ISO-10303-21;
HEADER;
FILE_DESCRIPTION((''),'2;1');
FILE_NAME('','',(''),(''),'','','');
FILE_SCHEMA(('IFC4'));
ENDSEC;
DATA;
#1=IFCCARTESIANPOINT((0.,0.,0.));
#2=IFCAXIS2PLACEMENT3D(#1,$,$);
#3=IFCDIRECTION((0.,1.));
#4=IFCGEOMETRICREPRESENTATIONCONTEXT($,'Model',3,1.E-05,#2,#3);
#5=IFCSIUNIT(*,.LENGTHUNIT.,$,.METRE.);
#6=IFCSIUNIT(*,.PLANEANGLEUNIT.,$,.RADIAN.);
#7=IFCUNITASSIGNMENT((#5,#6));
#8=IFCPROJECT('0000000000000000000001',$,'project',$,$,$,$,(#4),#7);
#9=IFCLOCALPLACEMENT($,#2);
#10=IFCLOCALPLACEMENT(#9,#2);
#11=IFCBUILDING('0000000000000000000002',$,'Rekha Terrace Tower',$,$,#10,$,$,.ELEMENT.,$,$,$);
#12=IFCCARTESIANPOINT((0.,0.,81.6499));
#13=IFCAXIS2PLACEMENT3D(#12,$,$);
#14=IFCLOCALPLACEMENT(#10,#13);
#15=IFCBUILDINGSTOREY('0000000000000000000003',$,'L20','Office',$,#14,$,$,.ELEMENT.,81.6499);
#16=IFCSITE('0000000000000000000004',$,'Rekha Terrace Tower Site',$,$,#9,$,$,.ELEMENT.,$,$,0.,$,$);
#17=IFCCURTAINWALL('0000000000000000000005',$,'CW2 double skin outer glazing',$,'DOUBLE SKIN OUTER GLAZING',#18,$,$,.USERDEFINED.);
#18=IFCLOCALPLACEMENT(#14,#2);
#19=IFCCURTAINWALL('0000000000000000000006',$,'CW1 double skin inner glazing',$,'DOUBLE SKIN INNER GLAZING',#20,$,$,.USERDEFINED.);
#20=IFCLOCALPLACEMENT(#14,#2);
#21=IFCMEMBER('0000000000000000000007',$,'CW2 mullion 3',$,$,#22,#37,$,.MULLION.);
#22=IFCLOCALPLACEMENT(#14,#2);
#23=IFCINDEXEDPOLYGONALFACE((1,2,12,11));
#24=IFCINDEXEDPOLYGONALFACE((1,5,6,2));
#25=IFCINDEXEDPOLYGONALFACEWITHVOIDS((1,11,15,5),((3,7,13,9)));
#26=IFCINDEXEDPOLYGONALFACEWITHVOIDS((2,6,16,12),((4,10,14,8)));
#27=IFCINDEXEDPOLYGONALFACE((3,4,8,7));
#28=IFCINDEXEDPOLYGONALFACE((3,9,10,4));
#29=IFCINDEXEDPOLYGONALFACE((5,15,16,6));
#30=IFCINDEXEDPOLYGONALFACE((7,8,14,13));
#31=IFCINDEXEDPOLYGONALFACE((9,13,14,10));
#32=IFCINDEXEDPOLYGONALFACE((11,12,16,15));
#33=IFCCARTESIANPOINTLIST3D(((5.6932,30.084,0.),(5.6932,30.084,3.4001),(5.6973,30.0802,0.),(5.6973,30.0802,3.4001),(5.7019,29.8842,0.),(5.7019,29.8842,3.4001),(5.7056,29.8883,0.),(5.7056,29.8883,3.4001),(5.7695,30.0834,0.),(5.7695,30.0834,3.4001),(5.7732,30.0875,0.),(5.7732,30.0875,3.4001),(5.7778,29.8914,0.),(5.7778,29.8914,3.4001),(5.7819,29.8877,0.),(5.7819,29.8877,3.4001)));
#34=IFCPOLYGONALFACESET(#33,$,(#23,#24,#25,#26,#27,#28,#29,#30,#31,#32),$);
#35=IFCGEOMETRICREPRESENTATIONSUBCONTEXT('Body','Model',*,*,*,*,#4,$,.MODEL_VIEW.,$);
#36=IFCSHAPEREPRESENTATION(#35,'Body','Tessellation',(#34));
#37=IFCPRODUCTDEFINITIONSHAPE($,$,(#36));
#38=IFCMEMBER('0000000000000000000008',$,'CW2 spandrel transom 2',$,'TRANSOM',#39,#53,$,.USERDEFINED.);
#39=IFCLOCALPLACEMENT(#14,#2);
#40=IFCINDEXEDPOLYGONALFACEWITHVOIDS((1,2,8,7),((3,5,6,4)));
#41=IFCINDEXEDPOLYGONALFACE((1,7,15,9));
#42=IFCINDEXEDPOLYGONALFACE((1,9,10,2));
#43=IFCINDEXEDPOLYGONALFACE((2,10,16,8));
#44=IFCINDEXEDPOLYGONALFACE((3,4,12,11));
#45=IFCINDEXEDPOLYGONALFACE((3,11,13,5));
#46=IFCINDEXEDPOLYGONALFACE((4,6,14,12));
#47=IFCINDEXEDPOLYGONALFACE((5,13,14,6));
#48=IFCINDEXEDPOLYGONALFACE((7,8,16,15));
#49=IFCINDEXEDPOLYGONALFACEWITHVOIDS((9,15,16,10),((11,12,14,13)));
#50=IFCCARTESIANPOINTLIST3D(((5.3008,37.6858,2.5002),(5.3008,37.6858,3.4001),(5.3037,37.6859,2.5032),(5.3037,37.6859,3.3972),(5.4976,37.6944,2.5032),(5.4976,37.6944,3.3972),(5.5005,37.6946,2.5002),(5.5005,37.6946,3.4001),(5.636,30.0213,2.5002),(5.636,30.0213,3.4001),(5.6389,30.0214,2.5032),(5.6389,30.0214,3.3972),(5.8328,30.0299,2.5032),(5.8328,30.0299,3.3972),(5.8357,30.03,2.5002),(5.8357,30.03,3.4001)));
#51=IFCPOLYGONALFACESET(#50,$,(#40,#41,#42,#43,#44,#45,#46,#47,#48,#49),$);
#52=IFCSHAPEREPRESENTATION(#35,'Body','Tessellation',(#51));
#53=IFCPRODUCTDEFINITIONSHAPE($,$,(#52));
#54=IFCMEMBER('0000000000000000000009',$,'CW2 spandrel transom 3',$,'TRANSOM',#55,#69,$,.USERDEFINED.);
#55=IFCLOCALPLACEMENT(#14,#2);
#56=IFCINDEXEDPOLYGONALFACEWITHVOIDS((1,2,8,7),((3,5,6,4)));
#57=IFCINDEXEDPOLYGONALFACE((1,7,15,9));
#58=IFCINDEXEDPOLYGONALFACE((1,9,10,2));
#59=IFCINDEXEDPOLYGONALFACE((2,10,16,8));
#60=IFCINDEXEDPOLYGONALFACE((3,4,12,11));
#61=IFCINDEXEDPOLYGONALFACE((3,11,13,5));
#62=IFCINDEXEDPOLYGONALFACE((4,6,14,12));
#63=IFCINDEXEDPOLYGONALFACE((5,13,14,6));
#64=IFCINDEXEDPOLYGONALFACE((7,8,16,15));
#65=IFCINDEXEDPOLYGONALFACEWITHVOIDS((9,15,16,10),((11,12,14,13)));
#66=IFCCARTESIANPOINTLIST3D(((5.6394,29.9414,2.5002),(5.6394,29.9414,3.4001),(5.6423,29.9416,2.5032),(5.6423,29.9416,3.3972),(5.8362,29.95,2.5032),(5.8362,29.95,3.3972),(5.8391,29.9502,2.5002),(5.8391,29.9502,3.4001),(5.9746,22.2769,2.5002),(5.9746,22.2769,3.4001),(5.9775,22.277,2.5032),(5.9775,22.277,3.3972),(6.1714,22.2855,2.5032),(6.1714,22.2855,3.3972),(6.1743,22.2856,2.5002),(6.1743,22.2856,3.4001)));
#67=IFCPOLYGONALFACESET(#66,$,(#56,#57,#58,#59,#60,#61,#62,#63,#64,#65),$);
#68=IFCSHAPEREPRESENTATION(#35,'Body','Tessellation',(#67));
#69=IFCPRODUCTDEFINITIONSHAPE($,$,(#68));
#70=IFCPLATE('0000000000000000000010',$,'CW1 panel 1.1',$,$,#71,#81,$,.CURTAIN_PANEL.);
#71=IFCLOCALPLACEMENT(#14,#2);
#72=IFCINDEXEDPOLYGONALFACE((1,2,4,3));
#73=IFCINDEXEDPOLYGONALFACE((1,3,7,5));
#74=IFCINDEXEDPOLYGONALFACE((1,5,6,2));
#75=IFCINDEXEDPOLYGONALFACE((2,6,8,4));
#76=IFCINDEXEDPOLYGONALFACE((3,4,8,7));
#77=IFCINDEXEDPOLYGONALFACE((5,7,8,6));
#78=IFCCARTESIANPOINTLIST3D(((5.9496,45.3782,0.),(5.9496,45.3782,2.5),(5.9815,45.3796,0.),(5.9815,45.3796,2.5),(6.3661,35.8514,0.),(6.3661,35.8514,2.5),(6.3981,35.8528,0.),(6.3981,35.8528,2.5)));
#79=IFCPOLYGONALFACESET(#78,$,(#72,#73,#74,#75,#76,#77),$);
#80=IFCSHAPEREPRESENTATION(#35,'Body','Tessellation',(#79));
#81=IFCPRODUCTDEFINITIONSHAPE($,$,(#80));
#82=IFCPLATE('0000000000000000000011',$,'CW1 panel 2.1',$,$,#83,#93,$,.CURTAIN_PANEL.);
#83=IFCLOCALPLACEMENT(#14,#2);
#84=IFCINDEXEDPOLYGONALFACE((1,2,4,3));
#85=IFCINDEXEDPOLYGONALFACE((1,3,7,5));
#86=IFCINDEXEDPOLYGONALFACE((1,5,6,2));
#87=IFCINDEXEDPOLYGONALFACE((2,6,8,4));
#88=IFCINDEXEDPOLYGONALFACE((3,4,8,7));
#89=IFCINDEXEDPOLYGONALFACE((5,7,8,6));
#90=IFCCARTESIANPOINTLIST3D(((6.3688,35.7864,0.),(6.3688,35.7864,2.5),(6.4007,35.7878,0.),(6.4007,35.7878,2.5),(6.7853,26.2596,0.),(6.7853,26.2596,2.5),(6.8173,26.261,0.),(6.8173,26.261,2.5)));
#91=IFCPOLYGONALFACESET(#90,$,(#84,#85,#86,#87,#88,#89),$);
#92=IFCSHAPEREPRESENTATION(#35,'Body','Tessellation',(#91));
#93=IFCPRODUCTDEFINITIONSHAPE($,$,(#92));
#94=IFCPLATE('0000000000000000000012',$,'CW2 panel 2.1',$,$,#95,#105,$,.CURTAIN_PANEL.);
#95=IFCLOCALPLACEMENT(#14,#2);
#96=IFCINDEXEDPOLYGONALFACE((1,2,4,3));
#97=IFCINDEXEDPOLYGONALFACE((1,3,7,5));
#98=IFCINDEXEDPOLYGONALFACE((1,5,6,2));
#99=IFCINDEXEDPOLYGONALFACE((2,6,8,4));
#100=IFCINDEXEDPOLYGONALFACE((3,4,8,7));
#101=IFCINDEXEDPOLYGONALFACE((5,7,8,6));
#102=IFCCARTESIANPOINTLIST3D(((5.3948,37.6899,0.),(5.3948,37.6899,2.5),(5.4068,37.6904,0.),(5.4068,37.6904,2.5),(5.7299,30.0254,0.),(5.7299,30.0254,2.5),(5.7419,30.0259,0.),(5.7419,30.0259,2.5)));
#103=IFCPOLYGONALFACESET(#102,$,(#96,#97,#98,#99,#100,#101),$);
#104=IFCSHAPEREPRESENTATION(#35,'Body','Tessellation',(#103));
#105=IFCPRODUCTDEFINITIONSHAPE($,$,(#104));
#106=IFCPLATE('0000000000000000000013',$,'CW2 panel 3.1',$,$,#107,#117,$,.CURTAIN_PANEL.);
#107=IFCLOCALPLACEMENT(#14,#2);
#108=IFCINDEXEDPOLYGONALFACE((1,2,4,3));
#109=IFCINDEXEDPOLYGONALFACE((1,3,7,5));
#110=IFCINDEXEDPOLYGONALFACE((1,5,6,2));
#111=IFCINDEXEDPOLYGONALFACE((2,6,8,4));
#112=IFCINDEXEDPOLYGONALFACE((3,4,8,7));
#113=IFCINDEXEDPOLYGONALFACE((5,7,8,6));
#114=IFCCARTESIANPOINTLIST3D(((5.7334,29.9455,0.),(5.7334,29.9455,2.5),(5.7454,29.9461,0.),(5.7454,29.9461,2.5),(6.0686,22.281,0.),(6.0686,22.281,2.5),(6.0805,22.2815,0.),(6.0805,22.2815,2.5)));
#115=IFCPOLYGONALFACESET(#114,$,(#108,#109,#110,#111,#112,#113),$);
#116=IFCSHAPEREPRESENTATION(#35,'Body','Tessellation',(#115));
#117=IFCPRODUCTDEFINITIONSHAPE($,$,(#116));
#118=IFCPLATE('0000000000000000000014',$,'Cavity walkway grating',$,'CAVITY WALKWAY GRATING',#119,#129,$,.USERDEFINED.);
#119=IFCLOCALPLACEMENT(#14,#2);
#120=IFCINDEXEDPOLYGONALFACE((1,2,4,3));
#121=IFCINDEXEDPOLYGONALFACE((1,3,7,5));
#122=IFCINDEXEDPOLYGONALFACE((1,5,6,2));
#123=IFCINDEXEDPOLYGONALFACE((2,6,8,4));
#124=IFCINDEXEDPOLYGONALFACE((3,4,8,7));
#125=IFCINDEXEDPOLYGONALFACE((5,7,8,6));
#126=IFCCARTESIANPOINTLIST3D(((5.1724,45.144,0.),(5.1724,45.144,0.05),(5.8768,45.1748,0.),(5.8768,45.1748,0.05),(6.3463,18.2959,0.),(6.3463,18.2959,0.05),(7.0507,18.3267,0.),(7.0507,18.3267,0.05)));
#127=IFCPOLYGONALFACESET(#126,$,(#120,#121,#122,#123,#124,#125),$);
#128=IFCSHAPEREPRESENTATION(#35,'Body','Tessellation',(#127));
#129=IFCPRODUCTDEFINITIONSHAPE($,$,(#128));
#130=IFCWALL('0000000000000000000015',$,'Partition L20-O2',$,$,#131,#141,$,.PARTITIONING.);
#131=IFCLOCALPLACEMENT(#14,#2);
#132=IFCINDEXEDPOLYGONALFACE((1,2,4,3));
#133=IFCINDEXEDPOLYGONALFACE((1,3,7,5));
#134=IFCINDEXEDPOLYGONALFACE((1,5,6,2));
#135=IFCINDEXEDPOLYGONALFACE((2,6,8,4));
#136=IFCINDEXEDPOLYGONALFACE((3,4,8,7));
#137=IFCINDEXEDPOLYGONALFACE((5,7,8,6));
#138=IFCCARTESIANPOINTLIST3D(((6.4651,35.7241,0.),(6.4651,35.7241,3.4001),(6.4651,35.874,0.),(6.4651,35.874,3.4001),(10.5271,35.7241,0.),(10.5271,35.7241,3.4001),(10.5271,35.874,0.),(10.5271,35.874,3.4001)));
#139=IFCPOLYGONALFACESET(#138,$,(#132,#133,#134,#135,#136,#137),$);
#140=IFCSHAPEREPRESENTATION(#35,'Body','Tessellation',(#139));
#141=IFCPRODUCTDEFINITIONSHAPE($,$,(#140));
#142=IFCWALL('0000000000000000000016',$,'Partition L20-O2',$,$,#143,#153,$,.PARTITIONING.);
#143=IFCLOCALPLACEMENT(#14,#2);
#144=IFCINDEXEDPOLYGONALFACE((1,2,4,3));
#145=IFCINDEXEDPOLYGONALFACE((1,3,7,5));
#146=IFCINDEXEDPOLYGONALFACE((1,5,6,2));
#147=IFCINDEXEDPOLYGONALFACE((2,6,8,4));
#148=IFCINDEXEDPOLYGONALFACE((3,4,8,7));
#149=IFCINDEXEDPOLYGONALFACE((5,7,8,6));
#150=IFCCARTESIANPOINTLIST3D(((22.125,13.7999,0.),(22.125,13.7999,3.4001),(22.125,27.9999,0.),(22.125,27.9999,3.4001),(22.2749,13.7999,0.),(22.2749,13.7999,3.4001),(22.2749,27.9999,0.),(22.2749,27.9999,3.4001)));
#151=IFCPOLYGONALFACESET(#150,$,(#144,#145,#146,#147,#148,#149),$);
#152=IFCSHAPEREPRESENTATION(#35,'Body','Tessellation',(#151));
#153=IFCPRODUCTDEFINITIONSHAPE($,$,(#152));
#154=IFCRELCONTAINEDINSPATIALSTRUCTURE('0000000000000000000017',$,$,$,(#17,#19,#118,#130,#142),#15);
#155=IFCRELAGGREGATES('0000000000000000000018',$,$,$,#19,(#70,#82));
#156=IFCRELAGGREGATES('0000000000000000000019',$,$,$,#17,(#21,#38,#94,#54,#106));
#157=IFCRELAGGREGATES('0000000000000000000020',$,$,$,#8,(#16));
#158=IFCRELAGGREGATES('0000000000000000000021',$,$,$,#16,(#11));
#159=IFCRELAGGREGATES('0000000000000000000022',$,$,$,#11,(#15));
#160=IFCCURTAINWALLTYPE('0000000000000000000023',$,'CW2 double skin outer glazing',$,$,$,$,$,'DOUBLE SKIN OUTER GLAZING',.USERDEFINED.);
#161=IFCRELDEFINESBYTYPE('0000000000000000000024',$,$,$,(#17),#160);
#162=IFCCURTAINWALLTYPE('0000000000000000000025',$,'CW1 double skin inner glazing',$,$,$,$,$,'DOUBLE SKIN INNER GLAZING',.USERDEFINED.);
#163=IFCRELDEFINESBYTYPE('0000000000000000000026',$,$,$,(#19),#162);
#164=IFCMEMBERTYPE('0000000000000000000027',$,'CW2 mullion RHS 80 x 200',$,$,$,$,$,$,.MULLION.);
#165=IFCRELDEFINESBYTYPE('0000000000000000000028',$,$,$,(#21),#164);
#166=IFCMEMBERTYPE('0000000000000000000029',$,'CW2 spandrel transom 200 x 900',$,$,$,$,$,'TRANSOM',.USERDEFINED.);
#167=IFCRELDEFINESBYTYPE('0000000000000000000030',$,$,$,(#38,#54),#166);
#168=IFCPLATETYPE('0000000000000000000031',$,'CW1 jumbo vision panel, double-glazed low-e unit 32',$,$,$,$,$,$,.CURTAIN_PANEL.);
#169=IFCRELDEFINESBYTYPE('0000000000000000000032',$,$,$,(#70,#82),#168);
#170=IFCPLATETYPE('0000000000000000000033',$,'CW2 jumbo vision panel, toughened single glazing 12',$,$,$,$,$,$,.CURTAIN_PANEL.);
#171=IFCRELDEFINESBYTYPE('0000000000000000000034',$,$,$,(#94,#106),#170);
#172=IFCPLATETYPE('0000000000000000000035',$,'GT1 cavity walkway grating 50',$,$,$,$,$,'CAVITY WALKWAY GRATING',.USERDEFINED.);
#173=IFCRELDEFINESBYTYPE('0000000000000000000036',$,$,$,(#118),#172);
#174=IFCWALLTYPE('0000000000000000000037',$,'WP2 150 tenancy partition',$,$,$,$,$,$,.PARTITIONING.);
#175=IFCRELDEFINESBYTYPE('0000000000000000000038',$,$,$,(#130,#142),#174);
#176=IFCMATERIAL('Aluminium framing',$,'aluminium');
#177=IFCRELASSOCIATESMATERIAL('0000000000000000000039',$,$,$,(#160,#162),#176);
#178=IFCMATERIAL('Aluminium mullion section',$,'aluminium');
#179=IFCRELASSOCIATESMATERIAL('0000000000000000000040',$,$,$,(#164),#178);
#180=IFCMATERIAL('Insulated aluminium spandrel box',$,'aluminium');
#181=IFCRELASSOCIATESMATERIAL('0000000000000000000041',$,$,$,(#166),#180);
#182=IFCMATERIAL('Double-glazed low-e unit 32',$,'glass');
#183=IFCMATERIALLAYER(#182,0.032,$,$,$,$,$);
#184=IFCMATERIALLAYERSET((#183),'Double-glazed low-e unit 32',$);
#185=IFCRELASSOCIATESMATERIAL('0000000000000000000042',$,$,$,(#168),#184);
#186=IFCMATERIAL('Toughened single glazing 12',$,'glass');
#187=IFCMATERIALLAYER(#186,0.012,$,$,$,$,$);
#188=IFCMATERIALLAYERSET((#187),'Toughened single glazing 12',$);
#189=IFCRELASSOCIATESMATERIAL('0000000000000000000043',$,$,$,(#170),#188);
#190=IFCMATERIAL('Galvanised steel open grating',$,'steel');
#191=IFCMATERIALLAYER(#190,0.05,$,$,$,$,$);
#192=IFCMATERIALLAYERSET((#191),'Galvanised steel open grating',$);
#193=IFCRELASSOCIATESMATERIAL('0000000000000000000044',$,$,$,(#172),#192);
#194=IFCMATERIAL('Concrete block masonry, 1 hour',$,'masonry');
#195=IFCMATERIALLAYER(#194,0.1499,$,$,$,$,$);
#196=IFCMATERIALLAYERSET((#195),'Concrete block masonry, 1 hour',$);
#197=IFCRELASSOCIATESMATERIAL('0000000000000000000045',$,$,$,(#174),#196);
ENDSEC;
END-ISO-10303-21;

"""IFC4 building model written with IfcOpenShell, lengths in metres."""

from ifc_helpers import new_model, si_unit, direction, frame, frame_2d, origin, origin_2d, place, context, subcontext, project, spatial, rectangle, hollow_rectangle, extrude, material, layer, layer_set, material_profile, profile_set, type_object, element, aggregate, save


model = new_model("IFC4")

# Units and contexts
model_context = context("Model", 3, precision=1e-05, world=origin(), true_north=direction((0.0, 1.0)))
body_context = subcontext(model_context, "Body", "Model", "MODEL_VIEW")
ifc_project = project(units=[si_unit("LENGTHUNIT", "METRE"), si_unit("PLANEANGLEUNIT", "RADIAN")], contexts=[model_context])

# Site, building, storey
site_placement = place(None, origin())
site = spatial("IfcSite", under=ifc_project, at=site_placement, Name="Rekha Terrace Tower Site", CompositionType="ELEMENT", RefElevation=0.0)
building_placement = place(site_placement, origin())
building = spatial("IfcBuilding", under=site, at=building_placement, Name="Rekha Terrace Tower", CompositionType="ELEMENT")
storey_placement = place(building_placement, frame((0.0, 0.0, 81.6499)))
storey = spatial("IfcBuildingStorey", under=building, at=storey_placement, Name="L20", Description="Office", CompositionType="ELEMENT", Elevation=81.6499)

# Curtain walls
ifc_material_1 = material(Name="Aluminium framing", Category="aluminium")
curtain_wall_type_1 = type_object("IfcCurtainWallType", Name="CW2 double skin outer glazing", ElementType="DOUBLE SKIN OUTER GLAZING", PredefinedType="USERDEFINED", material=ifc_material_1)
curtain_wall_1_placement = place(storey_placement, origin())
curtain_wall_1 = element("IfcCurtainWall", 1, at=curtain_wall_1_placement, inside=storey, type_object=curtain_wall_type_1, Name="CW2 double skin outer glazing", ObjectType="DOUBLE SKIN OUTER GLAZING", PredefinedType="USERDEFINED")
curtain_wall_type_2 = type_object("IfcCurtainWallType", Name="CW1 double skin inner glazing", ElementType="DOUBLE SKIN INNER GLAZING", PredefinedType="USERDEFINED", material=ifc_material_1)
curtain_wall_2_placement = place(storey_placement, origin())
curtain_wall_2 = element("IfcCurtainWall", 2, at=curtain_wall_2_placement, inside=storey, type_object=curtain_wall_type_2, Name="CW1 double skin inner glazing", ObjectType="DOUBLE SKIN INNER GLAZING", PredefinedType="USERDEFINED")
ifc_material_2 = material(Name="Aluminium mullion section", Category="aluminium")

# Members
ifc_material_3 = material(Name="Insulated aluminium spandrel box", Category="aluminium")
ifc_material_profile_1 = material_profile(ifc_material_2, hollow_rectangle(XDim=0.0801, YDim=0.2, WallThickness=0.0039, at=origin_2d()), Name="AL RHS 80x200")
ifc_profile_set_1 = profile_set([ifc_material_profile_1], Name="Aluminium mullion section")
member_type_1 = type_object("IfcMemberType", Name="CW2 mullion RHS 80 x 200", PredefinedType="MULLION", material=ifc_profile_set_1)
member_1_placement = place(storey_placement, frame((5.7375, 29.9858, 0.0), z_axis=(0.0, 0.0, 1.0), x_axis=(0.999045, 0.043683, 0.0)))
member_1 = element("IfcMember", 3, at=member_1_placement, type_object=member_type_1, Name="CW2 mullion 3", PredefinedType="MULLION", context=body_context, shape_type="SweptSolid", body=[
    extrude(hollow_rectangle(XDim=0.0801, YDim=0.2, WallThickness=0.0039, at=origin_2d()), origin(), (0.0, 0.0, 1.0), 3.4001),
])
ifc_material_profile_2 = material_profile(ifc_material_3, hollow_rectangle(XDim=0.2, YDim=0.8999, WallThickness=0.0029, at=origin_2d()), Name="AL SPANDREL BOX 200x900")
ifc_profile_set_2 = profile_set([ifc_material_profile_2], Name="Insulated aluminium spandrel box")
member_type_2 = type_object("IfcMemberType", Name="CW2 spandrel transom 200 x 900", ElementType="TRANSOM", PredefinedType="USERDEFINED", material=ifc_profile_set_2)
member_2_placement = place(storey_placement, frame((5.4006, 37.6902, 2.9502), z_axis=(0.043693, -0.999045, 0.0), x_axis=(0.999045, 0.043693, 0.0)))
member_2 = element("IfcMember", 4, at=member_2_placement, type_object=member_type_2, Name="CW2 spandrel transom 2", ObjectType="TRANSOM", PredefinedType="USERDEFINED", context=body_context, shape_type="SweptSolid", body=[
    extrude(hollow_rectangle(XDim=0.2, YDim=0.8999, WallThickness=0.0029, at=origin_2d()), origin(), (0.0, 0.0, 1.0), 7.6719),
])
member_3_placement = place(storey_placement, frame((5.7393, 29.9458, 2.9502), z_axis=(0.043693, -0.999045, 0.0), x_axis=(0.999045, 0.043693, 0.0)))
member_3 = element("IfcMember", 5, at=member_3_placement, type_object=member_type_2, Name="CW2 spandrel transom 3", ObjectType="TRANSOM", PredefinedType="USERDEFINED", context=body_context, shape_type="SweptSolid", body=[
    extrude(hollow_rectangle(XDim=0.2, YDim=0.8999, WallThickness=0.0029, at=origin_2d()), origin(), (0.0, 0.0, 1.0), 7.6719),
])

# Plates
ifc_material_4 = material(Name="Double-glazed low-e unit 32", Category="glass")
ifc_layer_1 = layer(ifc_material_4, 0.032)
ifc_layer_set_1 = layer_set([ifc_layer_1], Name="Double-glazed low-e unit 32")
plate_type_1 = type_object("IfcPlateType", Name="CW1 jumbo vision panel, double-glazed low-e unit 32", PredefinedType="CURTAIN_PANEL", material=ifc_layer_set_1)
plate_1_placement = place(storey_placement, frame((6.1738, 40.6155, 0.0), z_axis=(0.0, 0.0, 1.0), x_axis=(0.043683, -0.999045, 0.0)))
plate_1 = element("IfcPlate", 6, at=plate_1_placement, type_object=plate_type_1, Name="CW1 panel 1.1", PredefinedType="CURTAIN_PANEL", context=body_context, shape_type="SweptSolid", body=[
    extrude(rectangle(XDim=9.5359, YDim=0.032, at=origin_2d()), origin(), (0.0, 0.0, 1.0), 2.5),
])
plate_2_placement = place(storey_placement, frame((6.593, 31.0237, 0.0), z_axis=(0.0, 0.0, 1.0), x_axis=(0.043683, -0.999045, 0.0)))
plate_2 = element("IfcPlate", 7, at=plate_2_placement, type_object=plate_type_1, Name="CW1 panel 2.1", PredefinedType="CURTAIN_PANEL", context=body_context, shape_type="SweptSolid", body=[
    extrude(rectangle(XDim=9.5359, YDim=0.032, at=origin_2d()), origin(), (0.0, 0.0, 1.0), 2.5),
])
aggregate(curtain_wall_2, [plate_1, plate_2])
ifc_material_5 = material(Name="Toughened single glazing 12", Category="glass")
ifc_layer_2 = layer(ifc_material_5, 0.012)
ifc_layer_set_2 = layer_set([ifc_layer_2], Name="Toughened single glazing 12")
plate_type_2 = type_object("IfcPlateType", Name="CW2 jumbo vision panel, toughened single glazing 12", PredefinedType="CURTAIN_PANEL", material=ifc_layer_set_2)
plate_3_placement = place(storey_placement, frame((5.5684, 33.8579, 0.0), z_axis=(0.0, 0.0, 1.0), x_axis=(0.043683, -0.999045, 0.0)))
plate_3 = element("IfcPlate", 8, at=plate_3_placement, type_object=plate_type_2, Name="CW2 panel 2.1", PredefinedType="CURTAIN_PANEL", context=body_context, shape_type="SweptSolid", body=[
    extrude(rectangle(XDim=7.6719, YDim=0.012, at=origin_2d()), origin(), (0.0, 0.0, 1.0), 2.5),
])
plate_4_placement = place(storey_placement, frame((5.907, 26.1135, 0.0), z_axis=(0.0, 0.0, 1.0), x_axis=(0.043683, -0.999045, 0.0)))
plate_4 = element("IfcPlate", 9, at=plate_4_placement, type_object=plate_type_2, Name="CW2 panel 3.1", PredefinedType="CURTAIN_PANEL", context=body_context, shape_type="SweptSolid", body=[
    extrude(rectangle(XDim=7.6719, YDim=0.012, at=origin_2d()), origin(), (0.0, 0.0, 1.0), 2.5),
])
aggregate(curtain_wall_1, [member_1, member_2, plate_3, member_3, plate_4])
ifc_material_6 = material(Name="Galvanised steel open grating", Category="steel")
ifc_layer_3 = layer(ifc_material_6, 0.05)
ifc_layer_set_3 = layer_set([ifc_layer_3], Name="Galvanised steel open grating")
plate_type_3 = type_object("IfcPlateType", Name="GT1 cavity walkway grating 50", ElementType="CAVITY WALKWAY GRATING", PredefinedType="USERDEFINED", material=ifc_layer_set_3)
plate_5_placement = place(storey_placement, frame((6.1116, 31.7354, 0.0), z_axis=(0.0, 0.0, 1.0), x_axis=(0.043683, -0.999045, 0.0)))
element("IfcPlate", 10, at=plate_5_placement, inside=storey, type_object=plate_type_3, Name="Cavity walkway grating", ObjectType="CAVITY WALKWAY GRATING", PredefinedType="USERDEFINED", context=body_context, shape_type="SweptSolid", body=[
    extrude(rectangle(XDim=26.8738, YDim=0.7051, at=origin_2d()), origin(), (0.0, 0.0, 1.0), 0.05),
])

# Walls
ifc_material_7 = material(Name="Concrete block masonry, 1 hour", Category="masonry")
ifc_layer_4 = layer(ifc_material_7, 0.1499)
ifc_layer_set_4 = layer_set([ifc_layer_4], Name="Concrete block masonry, 1 hour")
wall_type_1 = type_object("IfcWallType", Name="WP2 150 tenancy partition", PredefinedType="PARTITIONING", material=ifc_layer_set_4)
wall_1_placement = place(storey_placement, frame((10.5271, 35.7991, 0.0), z_axis=(0.0, 0.0, 1.0), x_axis=(-1.0, 0.0, 0.0)))
element("IfcWall", 11, at=wall_1_placement, inside=storey, type_object=wall_type_1, Name="Partition L20-O2", PredefinedType="PARTITIONING", context=body_context, shape_type="SweptSolid", body=[
    extrude(rectangle(XDim=4.062, YDim=0.1499, at=frame_2d((2.031, 0.0))), origin(), (0.0, 0.0, 1.0), 3.4001),
])
wall_2_placement = place(storey_placement, frame((22.2, 28.0, 0.0), z_axis=(0.0, 0.0, 1.0), x_axis=(0.0, -1.0, 0.0)))
element("IfcWall", 12, at=wall_2_placement, inside=storey, type_object=wall_type_1, Name="Partition L20-O2", PredefinedType="PARTITIONING", context=body_context, shape_type="SweptSolid", body=[
    extrude(rectangle(XDim=14.2, YDim=0.1499, at=frame_2d((7.1001, 0.0))), origin(), (0.0, 0.0, 1.0), 3.4001),
])

save(model, "model.ifc")
